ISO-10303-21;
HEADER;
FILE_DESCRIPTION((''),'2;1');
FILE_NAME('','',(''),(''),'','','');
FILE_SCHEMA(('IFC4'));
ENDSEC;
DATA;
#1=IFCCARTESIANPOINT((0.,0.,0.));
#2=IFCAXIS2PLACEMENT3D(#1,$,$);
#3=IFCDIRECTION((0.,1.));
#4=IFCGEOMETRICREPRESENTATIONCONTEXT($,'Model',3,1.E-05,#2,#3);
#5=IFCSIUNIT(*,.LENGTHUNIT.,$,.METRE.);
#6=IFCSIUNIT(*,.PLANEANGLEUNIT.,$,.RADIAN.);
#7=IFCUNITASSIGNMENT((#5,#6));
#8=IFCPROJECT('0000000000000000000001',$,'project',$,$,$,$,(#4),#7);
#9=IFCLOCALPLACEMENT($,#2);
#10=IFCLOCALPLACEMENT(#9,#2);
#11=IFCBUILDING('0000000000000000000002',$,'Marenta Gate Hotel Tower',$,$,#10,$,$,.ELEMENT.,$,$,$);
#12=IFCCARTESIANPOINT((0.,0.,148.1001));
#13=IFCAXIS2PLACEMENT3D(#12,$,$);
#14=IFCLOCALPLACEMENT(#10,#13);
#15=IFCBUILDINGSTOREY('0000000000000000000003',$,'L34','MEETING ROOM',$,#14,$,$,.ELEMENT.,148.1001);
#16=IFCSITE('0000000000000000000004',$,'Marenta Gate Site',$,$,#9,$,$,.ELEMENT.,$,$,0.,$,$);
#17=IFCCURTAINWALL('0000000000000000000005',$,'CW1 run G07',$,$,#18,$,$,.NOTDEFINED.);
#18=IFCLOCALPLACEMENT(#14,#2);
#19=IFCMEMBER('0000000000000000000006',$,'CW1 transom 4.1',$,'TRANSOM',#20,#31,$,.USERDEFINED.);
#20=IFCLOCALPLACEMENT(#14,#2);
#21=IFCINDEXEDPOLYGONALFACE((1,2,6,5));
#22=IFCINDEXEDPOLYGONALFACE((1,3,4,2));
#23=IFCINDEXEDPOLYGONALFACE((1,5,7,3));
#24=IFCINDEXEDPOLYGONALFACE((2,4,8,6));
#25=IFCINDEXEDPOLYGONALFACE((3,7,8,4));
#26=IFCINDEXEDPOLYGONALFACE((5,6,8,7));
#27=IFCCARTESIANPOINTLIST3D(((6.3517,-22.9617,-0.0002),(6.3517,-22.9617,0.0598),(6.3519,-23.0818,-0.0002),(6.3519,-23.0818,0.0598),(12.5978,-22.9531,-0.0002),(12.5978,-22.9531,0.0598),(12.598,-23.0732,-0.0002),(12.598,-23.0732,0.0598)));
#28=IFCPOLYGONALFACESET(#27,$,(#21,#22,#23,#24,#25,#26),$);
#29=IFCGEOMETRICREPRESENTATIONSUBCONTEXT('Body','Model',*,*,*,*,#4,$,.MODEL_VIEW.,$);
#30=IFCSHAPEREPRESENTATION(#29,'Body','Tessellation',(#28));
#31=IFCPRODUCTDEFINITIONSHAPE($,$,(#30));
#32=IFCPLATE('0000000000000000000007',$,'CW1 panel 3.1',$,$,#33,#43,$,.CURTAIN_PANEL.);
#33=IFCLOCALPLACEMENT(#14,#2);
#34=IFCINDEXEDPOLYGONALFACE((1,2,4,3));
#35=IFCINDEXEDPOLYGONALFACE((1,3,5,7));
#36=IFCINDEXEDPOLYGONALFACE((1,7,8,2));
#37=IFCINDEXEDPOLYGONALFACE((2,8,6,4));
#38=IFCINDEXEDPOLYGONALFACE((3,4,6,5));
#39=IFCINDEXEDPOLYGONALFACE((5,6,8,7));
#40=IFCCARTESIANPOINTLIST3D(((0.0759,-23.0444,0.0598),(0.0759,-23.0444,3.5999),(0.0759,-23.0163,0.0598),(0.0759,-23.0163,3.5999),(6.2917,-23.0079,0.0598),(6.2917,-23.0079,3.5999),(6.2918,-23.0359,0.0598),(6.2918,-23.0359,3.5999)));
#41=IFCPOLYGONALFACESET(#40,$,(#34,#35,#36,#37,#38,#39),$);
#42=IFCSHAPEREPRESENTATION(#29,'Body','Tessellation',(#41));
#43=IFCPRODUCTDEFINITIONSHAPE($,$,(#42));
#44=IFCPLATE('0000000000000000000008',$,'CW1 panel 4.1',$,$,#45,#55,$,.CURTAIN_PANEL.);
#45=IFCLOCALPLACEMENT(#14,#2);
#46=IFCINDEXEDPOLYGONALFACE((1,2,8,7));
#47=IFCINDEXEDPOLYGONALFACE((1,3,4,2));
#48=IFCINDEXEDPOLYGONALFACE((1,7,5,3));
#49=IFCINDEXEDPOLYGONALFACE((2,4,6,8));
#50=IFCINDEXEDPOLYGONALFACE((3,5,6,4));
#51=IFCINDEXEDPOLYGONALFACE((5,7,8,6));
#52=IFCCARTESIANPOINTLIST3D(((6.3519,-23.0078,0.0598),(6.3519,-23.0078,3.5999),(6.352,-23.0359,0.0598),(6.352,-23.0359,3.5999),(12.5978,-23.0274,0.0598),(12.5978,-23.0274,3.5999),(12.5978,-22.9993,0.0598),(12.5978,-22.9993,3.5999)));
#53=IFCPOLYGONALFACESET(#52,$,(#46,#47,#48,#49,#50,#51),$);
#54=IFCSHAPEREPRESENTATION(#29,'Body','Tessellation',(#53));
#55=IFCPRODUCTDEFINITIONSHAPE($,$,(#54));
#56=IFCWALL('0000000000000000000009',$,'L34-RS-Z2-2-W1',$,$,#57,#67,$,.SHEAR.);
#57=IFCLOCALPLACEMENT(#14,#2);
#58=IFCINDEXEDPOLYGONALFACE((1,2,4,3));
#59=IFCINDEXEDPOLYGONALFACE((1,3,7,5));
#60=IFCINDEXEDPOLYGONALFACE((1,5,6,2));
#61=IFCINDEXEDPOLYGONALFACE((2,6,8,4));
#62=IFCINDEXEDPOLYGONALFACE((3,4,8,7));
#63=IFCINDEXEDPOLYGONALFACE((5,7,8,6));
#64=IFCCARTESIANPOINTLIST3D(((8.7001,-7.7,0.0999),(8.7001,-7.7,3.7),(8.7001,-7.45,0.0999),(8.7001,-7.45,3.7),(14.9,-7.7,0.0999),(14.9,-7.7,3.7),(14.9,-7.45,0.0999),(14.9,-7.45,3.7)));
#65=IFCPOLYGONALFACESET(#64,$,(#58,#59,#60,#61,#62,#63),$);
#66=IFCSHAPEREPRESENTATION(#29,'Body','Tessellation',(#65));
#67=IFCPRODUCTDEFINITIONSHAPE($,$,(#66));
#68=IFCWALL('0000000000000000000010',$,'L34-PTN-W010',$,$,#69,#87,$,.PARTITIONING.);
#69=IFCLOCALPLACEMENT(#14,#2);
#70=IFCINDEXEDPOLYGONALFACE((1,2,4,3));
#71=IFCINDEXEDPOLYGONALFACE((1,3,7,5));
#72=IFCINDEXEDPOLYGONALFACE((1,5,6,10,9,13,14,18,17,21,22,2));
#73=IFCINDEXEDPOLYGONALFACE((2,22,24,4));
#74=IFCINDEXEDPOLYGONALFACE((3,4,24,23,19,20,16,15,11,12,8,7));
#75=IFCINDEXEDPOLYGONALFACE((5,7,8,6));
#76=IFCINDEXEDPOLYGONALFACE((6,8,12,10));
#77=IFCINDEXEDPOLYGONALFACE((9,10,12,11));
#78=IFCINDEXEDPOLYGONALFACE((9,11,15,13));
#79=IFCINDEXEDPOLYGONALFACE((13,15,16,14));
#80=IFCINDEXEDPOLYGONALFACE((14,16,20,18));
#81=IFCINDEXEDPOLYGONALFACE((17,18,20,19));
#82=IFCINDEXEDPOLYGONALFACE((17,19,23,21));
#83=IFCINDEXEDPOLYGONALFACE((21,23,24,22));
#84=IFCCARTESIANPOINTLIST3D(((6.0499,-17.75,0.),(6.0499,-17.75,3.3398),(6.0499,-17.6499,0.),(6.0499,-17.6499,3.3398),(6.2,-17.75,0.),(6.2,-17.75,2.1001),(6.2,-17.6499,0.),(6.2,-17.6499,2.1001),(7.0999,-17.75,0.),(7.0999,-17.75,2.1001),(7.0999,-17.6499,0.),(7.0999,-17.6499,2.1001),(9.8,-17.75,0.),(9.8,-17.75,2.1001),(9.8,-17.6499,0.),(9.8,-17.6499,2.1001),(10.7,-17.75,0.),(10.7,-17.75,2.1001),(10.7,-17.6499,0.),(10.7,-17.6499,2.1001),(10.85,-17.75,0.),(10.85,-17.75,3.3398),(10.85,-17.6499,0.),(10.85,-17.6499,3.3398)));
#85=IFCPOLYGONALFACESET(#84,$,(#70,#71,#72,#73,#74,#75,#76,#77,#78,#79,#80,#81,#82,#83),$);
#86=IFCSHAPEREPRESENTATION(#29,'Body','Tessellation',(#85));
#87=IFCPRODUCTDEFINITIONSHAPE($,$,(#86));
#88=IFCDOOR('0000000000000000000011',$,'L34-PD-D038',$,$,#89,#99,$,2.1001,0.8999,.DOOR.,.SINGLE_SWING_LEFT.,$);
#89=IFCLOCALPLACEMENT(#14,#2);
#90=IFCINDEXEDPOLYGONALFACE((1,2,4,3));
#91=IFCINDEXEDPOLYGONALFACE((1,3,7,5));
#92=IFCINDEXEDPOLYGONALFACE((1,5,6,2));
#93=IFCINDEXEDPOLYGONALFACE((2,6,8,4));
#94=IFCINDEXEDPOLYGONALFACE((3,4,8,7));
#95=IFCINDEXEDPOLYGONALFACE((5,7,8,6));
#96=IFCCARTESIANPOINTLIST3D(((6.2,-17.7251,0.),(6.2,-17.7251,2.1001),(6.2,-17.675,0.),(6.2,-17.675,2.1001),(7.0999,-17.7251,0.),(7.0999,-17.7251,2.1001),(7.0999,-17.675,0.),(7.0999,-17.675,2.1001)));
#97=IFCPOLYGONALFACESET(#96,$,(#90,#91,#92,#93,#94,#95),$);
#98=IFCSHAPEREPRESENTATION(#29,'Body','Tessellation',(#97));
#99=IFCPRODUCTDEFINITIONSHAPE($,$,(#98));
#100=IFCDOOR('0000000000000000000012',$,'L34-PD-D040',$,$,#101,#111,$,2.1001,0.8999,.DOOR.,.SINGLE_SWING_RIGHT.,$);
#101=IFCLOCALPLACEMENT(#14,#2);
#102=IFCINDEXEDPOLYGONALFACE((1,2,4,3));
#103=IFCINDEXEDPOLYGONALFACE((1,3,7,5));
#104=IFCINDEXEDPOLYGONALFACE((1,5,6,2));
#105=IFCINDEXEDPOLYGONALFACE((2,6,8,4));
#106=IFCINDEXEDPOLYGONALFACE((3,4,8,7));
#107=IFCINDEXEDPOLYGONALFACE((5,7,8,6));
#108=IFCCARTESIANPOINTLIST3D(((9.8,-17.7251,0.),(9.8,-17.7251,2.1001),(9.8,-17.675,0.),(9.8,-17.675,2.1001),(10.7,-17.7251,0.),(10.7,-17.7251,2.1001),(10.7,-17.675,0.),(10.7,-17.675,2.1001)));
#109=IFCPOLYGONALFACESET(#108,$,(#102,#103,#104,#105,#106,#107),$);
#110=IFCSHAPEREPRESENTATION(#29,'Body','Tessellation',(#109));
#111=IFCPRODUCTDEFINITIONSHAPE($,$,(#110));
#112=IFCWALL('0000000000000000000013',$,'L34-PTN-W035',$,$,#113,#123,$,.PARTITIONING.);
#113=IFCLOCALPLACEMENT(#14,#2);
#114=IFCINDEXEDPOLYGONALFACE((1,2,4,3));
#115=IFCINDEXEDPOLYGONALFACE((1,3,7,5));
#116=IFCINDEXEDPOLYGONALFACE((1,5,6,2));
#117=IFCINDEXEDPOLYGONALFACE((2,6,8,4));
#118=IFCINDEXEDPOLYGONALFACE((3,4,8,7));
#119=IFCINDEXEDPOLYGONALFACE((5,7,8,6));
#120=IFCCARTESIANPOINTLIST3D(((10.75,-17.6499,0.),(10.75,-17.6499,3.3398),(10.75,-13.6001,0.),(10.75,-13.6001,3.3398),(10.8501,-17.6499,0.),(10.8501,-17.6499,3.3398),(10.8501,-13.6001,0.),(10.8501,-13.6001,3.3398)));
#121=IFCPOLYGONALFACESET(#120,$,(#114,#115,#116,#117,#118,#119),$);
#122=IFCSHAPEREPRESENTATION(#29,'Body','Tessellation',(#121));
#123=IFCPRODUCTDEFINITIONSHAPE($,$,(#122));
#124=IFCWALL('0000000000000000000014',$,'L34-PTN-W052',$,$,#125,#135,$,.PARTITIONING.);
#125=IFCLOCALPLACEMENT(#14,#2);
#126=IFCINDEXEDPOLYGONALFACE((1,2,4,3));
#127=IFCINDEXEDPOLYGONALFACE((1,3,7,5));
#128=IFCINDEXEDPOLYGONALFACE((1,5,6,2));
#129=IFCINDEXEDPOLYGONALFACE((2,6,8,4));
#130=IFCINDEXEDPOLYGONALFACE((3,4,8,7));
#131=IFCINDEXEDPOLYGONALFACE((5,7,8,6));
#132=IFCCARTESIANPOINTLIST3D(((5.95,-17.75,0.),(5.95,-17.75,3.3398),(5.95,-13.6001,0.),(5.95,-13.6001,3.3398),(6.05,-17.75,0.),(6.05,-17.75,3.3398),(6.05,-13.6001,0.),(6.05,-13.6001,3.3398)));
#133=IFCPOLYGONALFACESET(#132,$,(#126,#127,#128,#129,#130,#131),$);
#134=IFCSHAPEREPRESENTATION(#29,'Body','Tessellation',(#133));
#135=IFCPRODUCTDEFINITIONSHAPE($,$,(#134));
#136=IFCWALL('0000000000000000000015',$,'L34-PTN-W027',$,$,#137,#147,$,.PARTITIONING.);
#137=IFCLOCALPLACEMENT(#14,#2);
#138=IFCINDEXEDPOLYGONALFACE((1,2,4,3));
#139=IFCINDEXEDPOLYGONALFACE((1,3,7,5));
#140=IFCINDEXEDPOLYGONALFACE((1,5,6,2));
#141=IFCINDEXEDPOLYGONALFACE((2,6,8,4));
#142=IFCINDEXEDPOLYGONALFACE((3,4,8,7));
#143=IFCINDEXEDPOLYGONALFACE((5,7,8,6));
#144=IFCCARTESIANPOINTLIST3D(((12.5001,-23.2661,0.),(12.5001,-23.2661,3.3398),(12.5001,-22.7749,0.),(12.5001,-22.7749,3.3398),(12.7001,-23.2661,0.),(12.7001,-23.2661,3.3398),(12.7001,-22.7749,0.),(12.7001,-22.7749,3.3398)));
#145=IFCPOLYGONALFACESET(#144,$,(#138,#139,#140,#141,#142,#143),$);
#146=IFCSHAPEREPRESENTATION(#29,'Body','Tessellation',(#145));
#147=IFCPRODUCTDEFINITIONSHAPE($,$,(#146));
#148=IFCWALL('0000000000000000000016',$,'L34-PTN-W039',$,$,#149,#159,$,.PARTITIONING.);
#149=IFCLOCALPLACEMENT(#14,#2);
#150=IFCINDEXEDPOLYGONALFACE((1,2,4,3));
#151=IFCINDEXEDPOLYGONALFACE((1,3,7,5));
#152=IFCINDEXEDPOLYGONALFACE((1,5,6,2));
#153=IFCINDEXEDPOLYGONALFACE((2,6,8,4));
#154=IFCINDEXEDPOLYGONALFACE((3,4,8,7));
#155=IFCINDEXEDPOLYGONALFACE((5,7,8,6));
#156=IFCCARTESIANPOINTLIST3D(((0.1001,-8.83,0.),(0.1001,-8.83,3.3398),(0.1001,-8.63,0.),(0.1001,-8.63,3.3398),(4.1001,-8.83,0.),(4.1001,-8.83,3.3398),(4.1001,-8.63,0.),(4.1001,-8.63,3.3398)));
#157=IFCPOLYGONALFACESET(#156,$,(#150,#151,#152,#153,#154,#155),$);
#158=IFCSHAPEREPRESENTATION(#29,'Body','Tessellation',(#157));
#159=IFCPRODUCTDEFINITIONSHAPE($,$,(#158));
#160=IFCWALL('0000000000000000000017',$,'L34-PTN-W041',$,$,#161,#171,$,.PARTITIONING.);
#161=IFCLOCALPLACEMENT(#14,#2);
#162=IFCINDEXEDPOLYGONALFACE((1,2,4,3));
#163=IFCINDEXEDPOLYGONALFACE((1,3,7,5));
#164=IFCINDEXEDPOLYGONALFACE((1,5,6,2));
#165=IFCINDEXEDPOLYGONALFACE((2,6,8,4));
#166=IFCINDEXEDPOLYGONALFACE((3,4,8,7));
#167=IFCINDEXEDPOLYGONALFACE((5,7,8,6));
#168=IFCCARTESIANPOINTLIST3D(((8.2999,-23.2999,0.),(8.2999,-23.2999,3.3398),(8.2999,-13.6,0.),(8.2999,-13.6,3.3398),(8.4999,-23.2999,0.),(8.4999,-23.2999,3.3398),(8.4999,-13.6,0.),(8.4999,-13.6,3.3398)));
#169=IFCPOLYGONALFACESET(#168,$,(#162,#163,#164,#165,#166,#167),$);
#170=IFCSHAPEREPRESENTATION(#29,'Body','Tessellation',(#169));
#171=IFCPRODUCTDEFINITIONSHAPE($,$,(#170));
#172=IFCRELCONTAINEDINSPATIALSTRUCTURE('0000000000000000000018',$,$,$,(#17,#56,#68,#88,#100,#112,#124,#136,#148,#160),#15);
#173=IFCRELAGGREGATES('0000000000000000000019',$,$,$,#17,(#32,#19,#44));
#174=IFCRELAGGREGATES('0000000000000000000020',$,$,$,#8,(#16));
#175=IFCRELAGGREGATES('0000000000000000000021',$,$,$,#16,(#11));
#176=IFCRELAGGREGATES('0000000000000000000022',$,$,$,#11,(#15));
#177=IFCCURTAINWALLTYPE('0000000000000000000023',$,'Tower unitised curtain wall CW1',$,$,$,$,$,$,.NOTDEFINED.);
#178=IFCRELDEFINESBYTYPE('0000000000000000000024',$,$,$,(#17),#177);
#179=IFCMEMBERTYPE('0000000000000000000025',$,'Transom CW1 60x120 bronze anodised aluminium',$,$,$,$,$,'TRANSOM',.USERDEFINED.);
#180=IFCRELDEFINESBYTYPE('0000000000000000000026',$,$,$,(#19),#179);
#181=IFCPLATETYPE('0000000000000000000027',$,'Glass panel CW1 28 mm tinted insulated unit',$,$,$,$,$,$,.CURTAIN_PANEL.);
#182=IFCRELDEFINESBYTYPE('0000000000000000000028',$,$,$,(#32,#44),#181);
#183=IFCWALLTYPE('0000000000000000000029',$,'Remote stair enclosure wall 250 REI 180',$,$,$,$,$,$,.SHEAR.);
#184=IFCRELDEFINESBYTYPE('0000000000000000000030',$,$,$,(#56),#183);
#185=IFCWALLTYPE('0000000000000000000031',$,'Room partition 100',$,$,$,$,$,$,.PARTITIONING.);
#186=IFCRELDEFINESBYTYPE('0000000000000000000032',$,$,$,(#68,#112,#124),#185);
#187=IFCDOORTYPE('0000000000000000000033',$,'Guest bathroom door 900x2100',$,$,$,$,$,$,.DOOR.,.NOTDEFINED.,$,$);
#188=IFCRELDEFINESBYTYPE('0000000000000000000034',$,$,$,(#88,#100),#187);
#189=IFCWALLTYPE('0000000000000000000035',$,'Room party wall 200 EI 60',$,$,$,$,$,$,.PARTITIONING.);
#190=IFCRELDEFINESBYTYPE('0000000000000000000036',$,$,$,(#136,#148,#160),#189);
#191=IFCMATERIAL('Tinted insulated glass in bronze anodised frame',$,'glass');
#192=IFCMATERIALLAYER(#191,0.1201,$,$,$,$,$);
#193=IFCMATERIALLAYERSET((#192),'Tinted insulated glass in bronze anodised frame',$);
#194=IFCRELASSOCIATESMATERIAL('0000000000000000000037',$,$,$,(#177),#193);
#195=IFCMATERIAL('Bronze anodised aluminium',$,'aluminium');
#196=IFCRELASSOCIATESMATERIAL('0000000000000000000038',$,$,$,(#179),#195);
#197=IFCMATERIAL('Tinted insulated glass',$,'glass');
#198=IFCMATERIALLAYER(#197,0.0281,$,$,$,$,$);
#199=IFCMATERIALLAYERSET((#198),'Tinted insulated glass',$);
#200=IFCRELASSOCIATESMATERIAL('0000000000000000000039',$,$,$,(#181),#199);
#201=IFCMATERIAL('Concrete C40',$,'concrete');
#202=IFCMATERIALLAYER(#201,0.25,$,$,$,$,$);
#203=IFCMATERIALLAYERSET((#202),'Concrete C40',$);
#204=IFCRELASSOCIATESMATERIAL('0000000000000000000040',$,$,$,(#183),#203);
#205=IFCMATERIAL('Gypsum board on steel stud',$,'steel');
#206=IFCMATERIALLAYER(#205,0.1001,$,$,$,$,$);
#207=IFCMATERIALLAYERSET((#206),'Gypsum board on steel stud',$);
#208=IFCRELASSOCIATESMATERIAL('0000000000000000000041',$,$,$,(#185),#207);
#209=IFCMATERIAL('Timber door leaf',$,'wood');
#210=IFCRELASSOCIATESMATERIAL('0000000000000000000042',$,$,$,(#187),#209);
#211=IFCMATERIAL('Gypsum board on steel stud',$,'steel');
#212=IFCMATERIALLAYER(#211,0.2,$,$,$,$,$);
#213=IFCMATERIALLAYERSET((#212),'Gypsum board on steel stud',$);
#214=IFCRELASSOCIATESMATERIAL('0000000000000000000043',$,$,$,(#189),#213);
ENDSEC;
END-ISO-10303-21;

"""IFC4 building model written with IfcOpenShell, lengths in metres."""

from ifc_helpers import new_model, si_unit, direction, frame, frame_2d, origin, origin_2d, place, context, subcontext, project, spatial, rectangle, extrude, material, layer, layer_set, material_profile, profile_set, type_object, element, fill, aggregate, save


model = new_model("IFC4")

# Units and contexts
model_context = context("Model", 3, precision=1e-05, world=origin(), true_north=direction((0.0, 1.0)))
body_context = subcontext(model_context, "Body", "Model", "MODEL_VIEW")
ifc_project = project(units=[si_unit("LENGTHUNIT", "METRE"), si_unit("PLANEANGLEUNIT", "RADIAN")], contexts=[model_context])

# Site, building, storey
site_placement = place(None, origin())
site = spatial("IfcSite", under=ifc_project, at=site_placement, Name="Marenta Gate Site", CompositionType="ELEMENT", RefElevation=0.0)
building_placement = place(site_placement, origin())
building = spatial("IfcBuilding", under=site, at=building_placement, Name="Marenta Gate Hotel Tower", CompositionType="ELEMENT")
storey_placement = place(building_placement, frame((0.0, 0.0, 148.1001)))
storey = spatial("IfcBuildingStorey", under=building, at=storey_placement, Name="L34", Description="MEETING ROOM", CompositionType="ELEMENT", Elevation=148.1001)

# Curtain wall, member, plates
ifc_material_1 = material(Name="Tinted insulated glass in bronze anodised frame", Category="glass")
ifc_layer_1 = layer(ifc_material_1, 0.1201)
ifc_layer_set_1 = layer_set([ifc_layer_1], Name="Tinted insulated glass in bronze anodised frame")
curtain_wall_type = type_object("IfcCurtainWallType", Name="Tower unitised curtain wall CW1", PredefinedType="NOTDEFINED", material=ifc_layer_set_1)
curtain_wall_placement = place(storey_placement, origin())
curtain_wall = element("IfcCurtainWall", 1, at=curtain_wall_placement, inside=storey, type_object=curtain_wall_type, Name="CW1 run G07", PredefinedType="NOTDEFINED")
ifc_material_2 = material(Name="Bronze anodised aluminium", Category="aluminium")
ifc_material_profile_1 = material_profile(ifc_material_2, rectangle(XDim=0.1201, YDim=0.0601, at=origin_2d()), Name="Transom CW1 60x120 bronze anodised aluminium")
ifc_profile_set_1 = profile_set([ifc_material_profile_1], Name="Bronze anodised aluminium")
member_type_1 = type_object("IfcMemberType", Name="Transom CW1 60x120 bronze anodised aluminium", ElementType="TRANSOM", PredefinedType="USERDEFINED", material=ifc_profile_set_1)
member_1_placement = place(storey_placement, frame((6.3518, -23.0217, 0.0298), z_axis=(0.999999, 0.001368, 0.0), x_axis=(-0.001368, 0.999999, 0.0)))
member_1 = element("IfcMember", 2, at=member_1_placement, type_object=member_type_1, Name="CW1 transom 4.1", ObjectType="TRANSOM", PredefinedType="USERDEFINED", context=body_context, shape_type="SweptSolid", body=[
    extrude(rectangle(XDim=0.1201, YDim=0.0601, at=origin_2d()), origin(), (0.0, 0.0, 1.0), 6.2461),
])
ifc_material_3 = material(Name="Tinted insulated glass", Category="glass")
ifc_layer_2 = layer(ifc_material_3, 0.0281)
ifc_layer_set_2 = layer_set([ifc_layer_2], Name="Tinted insulated glass")
plate_type = type_object("IfcPlateType", Name="Glass panel CW1 28 mm tinted insulated unit", PredefinedType="CURTAIN_PANEL", material=ifc_layer_set_2)
plate_1_placement = place(storey_placement, frame((3.1838, -23.0261, 0.0598), z_axis=(0.0, 0.0, 1.0), x_axis=(0.999999, 0.001362, 0.0)))
plate_1 = element("IfcPlate", 3, at=plate_1_placement, type_object=plate_type, Name="CW1 panel 3.1", PredefinedType="CURTAIN_PANEL", context=body_context, shape_type="SweptSolid", body=[
    extrude(rectangle(XDim=6.2158, YDim=0.0281, at=origin_2d()), origin(), (0.0, 0.0, 1.0), 3.54),
])
plate_2_placement = place(storey_placement, frame((9.4749, -23.0176, 0.0598), z_axis=(0.0, 0.0, 1.0), x_axis=(0.999999, 0.001362, 0.0)))
plate_2 = element("IfcPlate", 4, at=plate_2_placement, type_object=plate_type, Name="CW1 panel 4.1", PredefinedType="CURTAIN_PANEL", context=body_context, shape_type="SweptSolid", body=[
    extrude(rectangle(XDim=6.2458, YDim=0.0281, at=origin_2d()), origin(), (0.0, 0.0, 1.0), 3.54),
])
aggregate(curtain_wall, [plate_1, member_1, plate_2])

# Wall
ifc_material_4 = material(Name="Concrete C40", Category="concrete")
ifc_layer_3 = layer(ifc_material_4, 0.25)
ifc_layer_set_3 = layer_set([ifc_layer_3], Name="Concrete C40")
wall_type_1 = type_object("IfcWallType", Name="Remote stair enclosure wall 250 REI 180", PredefinedType="SHEAR", material=ifc_layer_set_3)
wall_1_placement = place(storey_placement, frame((8.7, -7.575, 0.0999), z_axis=(0.0, 0.0, 1.0), x_axis=(1.0, 0.0, 0.0)))
element("IfcWall", 5, at=wall_1_placement, inside=storey, type_object=wall_type_1, Name="L34-RS-Z2-2-W1", PredefinedType="SHEAR", context=body_context, shape_type="SweptSolid", body=[
    extrude(rectangle(XDim=6.2, YDim=0.25, at=frame_2d((3.1001, 0.0))), origin(), (0.0, 0.0, 1.0), 3.6001),
])

# Wall, openings, doors
ifc_material_5 = material(Name="Gypsum board on steel stud", Category="steel")
ifc_layer_4 = layer(ifc_material_5, 0.1001)
ifc_layer_set_4 = layer_set([ifc_layer_4], Name="Gypsum board on steel stud")
wall_type_2 = type_object("IfcWallType", Name="Room partition 100", PredefinedType="PARTITIONING", material=ifc_layer_set_4)
wall_2_placement = place(storey_placement, frame((6.05, -17.7, 0.0), z_axis=(0.0, 0.0, 1.0), x_axis=(1.0, 0.0, 0.0)))
wall_2 = element("IfcWall", 6, at=wall_2_placement, inside=storey, type_object=wall_type_2, Name="L34-PTN-W010", PredefinedType="PARTITIONING", context=body_context, shape_type="SweptSolid", body=[
    extrude(rectangle(XDim=4.8, YDim=0.1001, at=frame_2d((2.3999, 0.0))), origin(), (0.0, 0.0, 1.0), 3.3398),
])
opening_1_placement = place(wall_2_placement, frame((0.1499, 0.0, 0.0)))
opening_1 = element("IfcOpeningElement", 7, at=opening_1_placement, cuts=wall_2, PredefinedType="OPENING", context=body_context, shape_type="SweptSolid", body=[
    extrude(rectangle(XDim=0.8999, YDim=2.1001, at=frame_2d((0.45, 1.05))), frame((0.0, 0.05, 0.0), z_axis=(0.0, -1.0, 0.0), x_axis=(1.0, 0.0, 0.0)), (0.0, 0.0, 1.0), 0.1001),
])
opening_2_placement = place(wall_2_placement, frame((3.75, 0.0, 0.0)))
opening_2 = element("IfcOpeningElement", 8, at=opening_2_placement, cuts=wall_2, PredefinedType="OPENING", context=body_context, shape_type="SweptSolid", body=[
    extrude(rectangle(XDim=0.8999, YDim=2.1001, at=frame_2d((0.45, 1.05))), frame((0.0, 0.05, 0.0), z_axis=(0.0, -1.0, 0.0), x_axis=(1.0, 0.0, 0.0)), (0.0, 0.0, 1.0), 0.1001),
])
ifc_material_6 = material(Name="Timber door leaf", Category="wood")
door_type = type_object("IfcDoorType", Name="Guest bathroom door 900x2100", OperationType="NOTDEFINED", PredefinedType="DOOR", material=ifc_material_6)
door_1_placement = place(opening_1_placement, origin())
door_1 = element("IfcDoor", 9, at=door_1_placement, inside=storey, type_object=door_type, Name="L34-PD-D038", OperationType="SINGLE_SWING_LEFT", OverallHeight=2.1001, OverallWidth=0.8999, PredefinedType="DOOR", context=body_context, shape_type="SweptSolid", body=[
    extrude(rectangle(XDim=0.8999, YDim=2.1001, at=frame_2d((0.45, 1.05))), frame((0.0, 0.0249, 0.0), z_axis=(0.0, -1.0, 0.0), x_axis=(1.0, 0.0, 0.0)), (0.0, 0.0, 1.0), 0.05),
])
fill(opening_1, door_1)
door_2_placement = place(opening_2_placement, origin())
door_2 = element("IfcDoor", 10, at=door_2_placement, inside=storey, type_object=door_type, Name="L34-PD-D040", OperationType="SINGLE_SWING_RIGHT", OverallHeight=2.1001, OverallWidth=0.8999, PredefinedType="DOOR", context=body_context, shape_type="SweptSolid", body=[
    extrude(rectangle(XDim=0.8999, YDim=2.1001, at=frame_2d((0.45, 1.05))), frame((0.0, 0.0249, 0.0), z_axis=(0.0, -1.0, 0.0), x_axis=(1.0, 0.0, 0.0)), (0.0, 0.0, 1.0), 0.05),
])
fill(opening_2, door_2)

# Walls
wall_3_placement = place(storey_placement, frame((10.8, -17.6499, 0.0), z_axis=(0.0, 0.0, 1.0), x_axis=(0.0, 1.0, 0.0)))
element("IfcWall", 11, at=wall_3_placement, inside=storey, type_object=wall_type_2, Name="L34-PTN-W035", PredefinedType="PARTITIONING", context=body_context, shape_type="SweptSolid", body=[
    extrude(rectangle(XDim=4.0498, YDim=0.1001, at=frame_2d((2.0249, 0.0))), origin(), (0.0, 0.0, 1.0), 3.3398),
])
wall_4_placement = place(storey_placement, frame((6.0, -17.75, 0.0), z_axis=(0.0, 0.0, 1.0), x_axis=(0.0, 1.0, 0.0)))
element("IfcWall", 12, at=wall_4_placement, inside=storey, type_object=wall_type_2, Name="L34-PTN-W052", PredefinedType="PARTITIONING", context=body_context, shape_type="SweptSolid", body=[
    extrude(rectangle(XDim=4.1499, YDim=0.1001, at=frame_2d((2.075, 0.0))), origin(), (0.0, 0.0, 1.0), 3.3398),
])
ifc_material_7 = material(Name="Gypsum board on steel stud", Category="steel")
ifc_layer_5 = layer(ifc_material_7, 0.2)
ifc_layer_set_5 = layer_set([ifc_layer_5], Name="Gypsum board on steel stud")
wall_type_3 = type_object("IfcWallType", Name="Room party wall 200 EI 60", PredefinedType="PARTITIONING", material=ifc_layer_set_5)
wall_5_placement = place(storey_placement, frame((12.6001, -23.2661, 0.0), z_axis=(0.0, 0.0, 1.0), x_axis=(0.0, 1.0, 0.0)))
element("IfcWall", 13, at=wall_5_placement, inside=storey, type_object=wall_type_3, Name="L34-PTN-W027", PredefinedType="PARTITIONING", context=body_context, shape_type="SweptSolid", body=[
    extrude(rectangle(XDim=0.4912, YDim=0.2, at=frame_2d((0.2456, 0.0))), origin(), (0.0, 0.0, 1.0), 3.3398),
])
wall_6_placement = place(storey_placement, frame((0.1001, -8.73, 0.0), z_axis=(0.0, 0.0, 1.0), x_axis=(1.0, 0.0, 0.0)))
element("IfcWall", 14, at=wall_6_placement, inside=storey, type_object=wall_type_3, Name="L34-PTN-W039", PredefinedType="PARTITIONING", context=body_context, shape_type="SweptSolid", body=[
    extrude(rectangle(XDim=4.0, YDim=0.2, at=frame_2d((2.0, 0.0))), origin(), (0.0, 0.0, 1.0), 3.3398),
])
wall_7_placement = place(storey_placement, frame((8.3999, -23.3, 0.0), z_axis=(0.0, 0.0, 1.0), x_axis=(0.0, 1.0, 0.0)))
element("IfcWall", 15, at=wall_7_placement, inside=storey, type_object=wall_type_3, Name="L34-PTN-W041", PredefinedType="PARTITIONING", context=body_context, shape_type="SweptSolid", body=[
    extrude(rectangle(XDim=9.7, YDim=0.2, at=frame_2d((4.8501, 0.0))), origin(), (0.0, 0.0, 1.0), 3.3398),
])

save(model, "model.ifc")
